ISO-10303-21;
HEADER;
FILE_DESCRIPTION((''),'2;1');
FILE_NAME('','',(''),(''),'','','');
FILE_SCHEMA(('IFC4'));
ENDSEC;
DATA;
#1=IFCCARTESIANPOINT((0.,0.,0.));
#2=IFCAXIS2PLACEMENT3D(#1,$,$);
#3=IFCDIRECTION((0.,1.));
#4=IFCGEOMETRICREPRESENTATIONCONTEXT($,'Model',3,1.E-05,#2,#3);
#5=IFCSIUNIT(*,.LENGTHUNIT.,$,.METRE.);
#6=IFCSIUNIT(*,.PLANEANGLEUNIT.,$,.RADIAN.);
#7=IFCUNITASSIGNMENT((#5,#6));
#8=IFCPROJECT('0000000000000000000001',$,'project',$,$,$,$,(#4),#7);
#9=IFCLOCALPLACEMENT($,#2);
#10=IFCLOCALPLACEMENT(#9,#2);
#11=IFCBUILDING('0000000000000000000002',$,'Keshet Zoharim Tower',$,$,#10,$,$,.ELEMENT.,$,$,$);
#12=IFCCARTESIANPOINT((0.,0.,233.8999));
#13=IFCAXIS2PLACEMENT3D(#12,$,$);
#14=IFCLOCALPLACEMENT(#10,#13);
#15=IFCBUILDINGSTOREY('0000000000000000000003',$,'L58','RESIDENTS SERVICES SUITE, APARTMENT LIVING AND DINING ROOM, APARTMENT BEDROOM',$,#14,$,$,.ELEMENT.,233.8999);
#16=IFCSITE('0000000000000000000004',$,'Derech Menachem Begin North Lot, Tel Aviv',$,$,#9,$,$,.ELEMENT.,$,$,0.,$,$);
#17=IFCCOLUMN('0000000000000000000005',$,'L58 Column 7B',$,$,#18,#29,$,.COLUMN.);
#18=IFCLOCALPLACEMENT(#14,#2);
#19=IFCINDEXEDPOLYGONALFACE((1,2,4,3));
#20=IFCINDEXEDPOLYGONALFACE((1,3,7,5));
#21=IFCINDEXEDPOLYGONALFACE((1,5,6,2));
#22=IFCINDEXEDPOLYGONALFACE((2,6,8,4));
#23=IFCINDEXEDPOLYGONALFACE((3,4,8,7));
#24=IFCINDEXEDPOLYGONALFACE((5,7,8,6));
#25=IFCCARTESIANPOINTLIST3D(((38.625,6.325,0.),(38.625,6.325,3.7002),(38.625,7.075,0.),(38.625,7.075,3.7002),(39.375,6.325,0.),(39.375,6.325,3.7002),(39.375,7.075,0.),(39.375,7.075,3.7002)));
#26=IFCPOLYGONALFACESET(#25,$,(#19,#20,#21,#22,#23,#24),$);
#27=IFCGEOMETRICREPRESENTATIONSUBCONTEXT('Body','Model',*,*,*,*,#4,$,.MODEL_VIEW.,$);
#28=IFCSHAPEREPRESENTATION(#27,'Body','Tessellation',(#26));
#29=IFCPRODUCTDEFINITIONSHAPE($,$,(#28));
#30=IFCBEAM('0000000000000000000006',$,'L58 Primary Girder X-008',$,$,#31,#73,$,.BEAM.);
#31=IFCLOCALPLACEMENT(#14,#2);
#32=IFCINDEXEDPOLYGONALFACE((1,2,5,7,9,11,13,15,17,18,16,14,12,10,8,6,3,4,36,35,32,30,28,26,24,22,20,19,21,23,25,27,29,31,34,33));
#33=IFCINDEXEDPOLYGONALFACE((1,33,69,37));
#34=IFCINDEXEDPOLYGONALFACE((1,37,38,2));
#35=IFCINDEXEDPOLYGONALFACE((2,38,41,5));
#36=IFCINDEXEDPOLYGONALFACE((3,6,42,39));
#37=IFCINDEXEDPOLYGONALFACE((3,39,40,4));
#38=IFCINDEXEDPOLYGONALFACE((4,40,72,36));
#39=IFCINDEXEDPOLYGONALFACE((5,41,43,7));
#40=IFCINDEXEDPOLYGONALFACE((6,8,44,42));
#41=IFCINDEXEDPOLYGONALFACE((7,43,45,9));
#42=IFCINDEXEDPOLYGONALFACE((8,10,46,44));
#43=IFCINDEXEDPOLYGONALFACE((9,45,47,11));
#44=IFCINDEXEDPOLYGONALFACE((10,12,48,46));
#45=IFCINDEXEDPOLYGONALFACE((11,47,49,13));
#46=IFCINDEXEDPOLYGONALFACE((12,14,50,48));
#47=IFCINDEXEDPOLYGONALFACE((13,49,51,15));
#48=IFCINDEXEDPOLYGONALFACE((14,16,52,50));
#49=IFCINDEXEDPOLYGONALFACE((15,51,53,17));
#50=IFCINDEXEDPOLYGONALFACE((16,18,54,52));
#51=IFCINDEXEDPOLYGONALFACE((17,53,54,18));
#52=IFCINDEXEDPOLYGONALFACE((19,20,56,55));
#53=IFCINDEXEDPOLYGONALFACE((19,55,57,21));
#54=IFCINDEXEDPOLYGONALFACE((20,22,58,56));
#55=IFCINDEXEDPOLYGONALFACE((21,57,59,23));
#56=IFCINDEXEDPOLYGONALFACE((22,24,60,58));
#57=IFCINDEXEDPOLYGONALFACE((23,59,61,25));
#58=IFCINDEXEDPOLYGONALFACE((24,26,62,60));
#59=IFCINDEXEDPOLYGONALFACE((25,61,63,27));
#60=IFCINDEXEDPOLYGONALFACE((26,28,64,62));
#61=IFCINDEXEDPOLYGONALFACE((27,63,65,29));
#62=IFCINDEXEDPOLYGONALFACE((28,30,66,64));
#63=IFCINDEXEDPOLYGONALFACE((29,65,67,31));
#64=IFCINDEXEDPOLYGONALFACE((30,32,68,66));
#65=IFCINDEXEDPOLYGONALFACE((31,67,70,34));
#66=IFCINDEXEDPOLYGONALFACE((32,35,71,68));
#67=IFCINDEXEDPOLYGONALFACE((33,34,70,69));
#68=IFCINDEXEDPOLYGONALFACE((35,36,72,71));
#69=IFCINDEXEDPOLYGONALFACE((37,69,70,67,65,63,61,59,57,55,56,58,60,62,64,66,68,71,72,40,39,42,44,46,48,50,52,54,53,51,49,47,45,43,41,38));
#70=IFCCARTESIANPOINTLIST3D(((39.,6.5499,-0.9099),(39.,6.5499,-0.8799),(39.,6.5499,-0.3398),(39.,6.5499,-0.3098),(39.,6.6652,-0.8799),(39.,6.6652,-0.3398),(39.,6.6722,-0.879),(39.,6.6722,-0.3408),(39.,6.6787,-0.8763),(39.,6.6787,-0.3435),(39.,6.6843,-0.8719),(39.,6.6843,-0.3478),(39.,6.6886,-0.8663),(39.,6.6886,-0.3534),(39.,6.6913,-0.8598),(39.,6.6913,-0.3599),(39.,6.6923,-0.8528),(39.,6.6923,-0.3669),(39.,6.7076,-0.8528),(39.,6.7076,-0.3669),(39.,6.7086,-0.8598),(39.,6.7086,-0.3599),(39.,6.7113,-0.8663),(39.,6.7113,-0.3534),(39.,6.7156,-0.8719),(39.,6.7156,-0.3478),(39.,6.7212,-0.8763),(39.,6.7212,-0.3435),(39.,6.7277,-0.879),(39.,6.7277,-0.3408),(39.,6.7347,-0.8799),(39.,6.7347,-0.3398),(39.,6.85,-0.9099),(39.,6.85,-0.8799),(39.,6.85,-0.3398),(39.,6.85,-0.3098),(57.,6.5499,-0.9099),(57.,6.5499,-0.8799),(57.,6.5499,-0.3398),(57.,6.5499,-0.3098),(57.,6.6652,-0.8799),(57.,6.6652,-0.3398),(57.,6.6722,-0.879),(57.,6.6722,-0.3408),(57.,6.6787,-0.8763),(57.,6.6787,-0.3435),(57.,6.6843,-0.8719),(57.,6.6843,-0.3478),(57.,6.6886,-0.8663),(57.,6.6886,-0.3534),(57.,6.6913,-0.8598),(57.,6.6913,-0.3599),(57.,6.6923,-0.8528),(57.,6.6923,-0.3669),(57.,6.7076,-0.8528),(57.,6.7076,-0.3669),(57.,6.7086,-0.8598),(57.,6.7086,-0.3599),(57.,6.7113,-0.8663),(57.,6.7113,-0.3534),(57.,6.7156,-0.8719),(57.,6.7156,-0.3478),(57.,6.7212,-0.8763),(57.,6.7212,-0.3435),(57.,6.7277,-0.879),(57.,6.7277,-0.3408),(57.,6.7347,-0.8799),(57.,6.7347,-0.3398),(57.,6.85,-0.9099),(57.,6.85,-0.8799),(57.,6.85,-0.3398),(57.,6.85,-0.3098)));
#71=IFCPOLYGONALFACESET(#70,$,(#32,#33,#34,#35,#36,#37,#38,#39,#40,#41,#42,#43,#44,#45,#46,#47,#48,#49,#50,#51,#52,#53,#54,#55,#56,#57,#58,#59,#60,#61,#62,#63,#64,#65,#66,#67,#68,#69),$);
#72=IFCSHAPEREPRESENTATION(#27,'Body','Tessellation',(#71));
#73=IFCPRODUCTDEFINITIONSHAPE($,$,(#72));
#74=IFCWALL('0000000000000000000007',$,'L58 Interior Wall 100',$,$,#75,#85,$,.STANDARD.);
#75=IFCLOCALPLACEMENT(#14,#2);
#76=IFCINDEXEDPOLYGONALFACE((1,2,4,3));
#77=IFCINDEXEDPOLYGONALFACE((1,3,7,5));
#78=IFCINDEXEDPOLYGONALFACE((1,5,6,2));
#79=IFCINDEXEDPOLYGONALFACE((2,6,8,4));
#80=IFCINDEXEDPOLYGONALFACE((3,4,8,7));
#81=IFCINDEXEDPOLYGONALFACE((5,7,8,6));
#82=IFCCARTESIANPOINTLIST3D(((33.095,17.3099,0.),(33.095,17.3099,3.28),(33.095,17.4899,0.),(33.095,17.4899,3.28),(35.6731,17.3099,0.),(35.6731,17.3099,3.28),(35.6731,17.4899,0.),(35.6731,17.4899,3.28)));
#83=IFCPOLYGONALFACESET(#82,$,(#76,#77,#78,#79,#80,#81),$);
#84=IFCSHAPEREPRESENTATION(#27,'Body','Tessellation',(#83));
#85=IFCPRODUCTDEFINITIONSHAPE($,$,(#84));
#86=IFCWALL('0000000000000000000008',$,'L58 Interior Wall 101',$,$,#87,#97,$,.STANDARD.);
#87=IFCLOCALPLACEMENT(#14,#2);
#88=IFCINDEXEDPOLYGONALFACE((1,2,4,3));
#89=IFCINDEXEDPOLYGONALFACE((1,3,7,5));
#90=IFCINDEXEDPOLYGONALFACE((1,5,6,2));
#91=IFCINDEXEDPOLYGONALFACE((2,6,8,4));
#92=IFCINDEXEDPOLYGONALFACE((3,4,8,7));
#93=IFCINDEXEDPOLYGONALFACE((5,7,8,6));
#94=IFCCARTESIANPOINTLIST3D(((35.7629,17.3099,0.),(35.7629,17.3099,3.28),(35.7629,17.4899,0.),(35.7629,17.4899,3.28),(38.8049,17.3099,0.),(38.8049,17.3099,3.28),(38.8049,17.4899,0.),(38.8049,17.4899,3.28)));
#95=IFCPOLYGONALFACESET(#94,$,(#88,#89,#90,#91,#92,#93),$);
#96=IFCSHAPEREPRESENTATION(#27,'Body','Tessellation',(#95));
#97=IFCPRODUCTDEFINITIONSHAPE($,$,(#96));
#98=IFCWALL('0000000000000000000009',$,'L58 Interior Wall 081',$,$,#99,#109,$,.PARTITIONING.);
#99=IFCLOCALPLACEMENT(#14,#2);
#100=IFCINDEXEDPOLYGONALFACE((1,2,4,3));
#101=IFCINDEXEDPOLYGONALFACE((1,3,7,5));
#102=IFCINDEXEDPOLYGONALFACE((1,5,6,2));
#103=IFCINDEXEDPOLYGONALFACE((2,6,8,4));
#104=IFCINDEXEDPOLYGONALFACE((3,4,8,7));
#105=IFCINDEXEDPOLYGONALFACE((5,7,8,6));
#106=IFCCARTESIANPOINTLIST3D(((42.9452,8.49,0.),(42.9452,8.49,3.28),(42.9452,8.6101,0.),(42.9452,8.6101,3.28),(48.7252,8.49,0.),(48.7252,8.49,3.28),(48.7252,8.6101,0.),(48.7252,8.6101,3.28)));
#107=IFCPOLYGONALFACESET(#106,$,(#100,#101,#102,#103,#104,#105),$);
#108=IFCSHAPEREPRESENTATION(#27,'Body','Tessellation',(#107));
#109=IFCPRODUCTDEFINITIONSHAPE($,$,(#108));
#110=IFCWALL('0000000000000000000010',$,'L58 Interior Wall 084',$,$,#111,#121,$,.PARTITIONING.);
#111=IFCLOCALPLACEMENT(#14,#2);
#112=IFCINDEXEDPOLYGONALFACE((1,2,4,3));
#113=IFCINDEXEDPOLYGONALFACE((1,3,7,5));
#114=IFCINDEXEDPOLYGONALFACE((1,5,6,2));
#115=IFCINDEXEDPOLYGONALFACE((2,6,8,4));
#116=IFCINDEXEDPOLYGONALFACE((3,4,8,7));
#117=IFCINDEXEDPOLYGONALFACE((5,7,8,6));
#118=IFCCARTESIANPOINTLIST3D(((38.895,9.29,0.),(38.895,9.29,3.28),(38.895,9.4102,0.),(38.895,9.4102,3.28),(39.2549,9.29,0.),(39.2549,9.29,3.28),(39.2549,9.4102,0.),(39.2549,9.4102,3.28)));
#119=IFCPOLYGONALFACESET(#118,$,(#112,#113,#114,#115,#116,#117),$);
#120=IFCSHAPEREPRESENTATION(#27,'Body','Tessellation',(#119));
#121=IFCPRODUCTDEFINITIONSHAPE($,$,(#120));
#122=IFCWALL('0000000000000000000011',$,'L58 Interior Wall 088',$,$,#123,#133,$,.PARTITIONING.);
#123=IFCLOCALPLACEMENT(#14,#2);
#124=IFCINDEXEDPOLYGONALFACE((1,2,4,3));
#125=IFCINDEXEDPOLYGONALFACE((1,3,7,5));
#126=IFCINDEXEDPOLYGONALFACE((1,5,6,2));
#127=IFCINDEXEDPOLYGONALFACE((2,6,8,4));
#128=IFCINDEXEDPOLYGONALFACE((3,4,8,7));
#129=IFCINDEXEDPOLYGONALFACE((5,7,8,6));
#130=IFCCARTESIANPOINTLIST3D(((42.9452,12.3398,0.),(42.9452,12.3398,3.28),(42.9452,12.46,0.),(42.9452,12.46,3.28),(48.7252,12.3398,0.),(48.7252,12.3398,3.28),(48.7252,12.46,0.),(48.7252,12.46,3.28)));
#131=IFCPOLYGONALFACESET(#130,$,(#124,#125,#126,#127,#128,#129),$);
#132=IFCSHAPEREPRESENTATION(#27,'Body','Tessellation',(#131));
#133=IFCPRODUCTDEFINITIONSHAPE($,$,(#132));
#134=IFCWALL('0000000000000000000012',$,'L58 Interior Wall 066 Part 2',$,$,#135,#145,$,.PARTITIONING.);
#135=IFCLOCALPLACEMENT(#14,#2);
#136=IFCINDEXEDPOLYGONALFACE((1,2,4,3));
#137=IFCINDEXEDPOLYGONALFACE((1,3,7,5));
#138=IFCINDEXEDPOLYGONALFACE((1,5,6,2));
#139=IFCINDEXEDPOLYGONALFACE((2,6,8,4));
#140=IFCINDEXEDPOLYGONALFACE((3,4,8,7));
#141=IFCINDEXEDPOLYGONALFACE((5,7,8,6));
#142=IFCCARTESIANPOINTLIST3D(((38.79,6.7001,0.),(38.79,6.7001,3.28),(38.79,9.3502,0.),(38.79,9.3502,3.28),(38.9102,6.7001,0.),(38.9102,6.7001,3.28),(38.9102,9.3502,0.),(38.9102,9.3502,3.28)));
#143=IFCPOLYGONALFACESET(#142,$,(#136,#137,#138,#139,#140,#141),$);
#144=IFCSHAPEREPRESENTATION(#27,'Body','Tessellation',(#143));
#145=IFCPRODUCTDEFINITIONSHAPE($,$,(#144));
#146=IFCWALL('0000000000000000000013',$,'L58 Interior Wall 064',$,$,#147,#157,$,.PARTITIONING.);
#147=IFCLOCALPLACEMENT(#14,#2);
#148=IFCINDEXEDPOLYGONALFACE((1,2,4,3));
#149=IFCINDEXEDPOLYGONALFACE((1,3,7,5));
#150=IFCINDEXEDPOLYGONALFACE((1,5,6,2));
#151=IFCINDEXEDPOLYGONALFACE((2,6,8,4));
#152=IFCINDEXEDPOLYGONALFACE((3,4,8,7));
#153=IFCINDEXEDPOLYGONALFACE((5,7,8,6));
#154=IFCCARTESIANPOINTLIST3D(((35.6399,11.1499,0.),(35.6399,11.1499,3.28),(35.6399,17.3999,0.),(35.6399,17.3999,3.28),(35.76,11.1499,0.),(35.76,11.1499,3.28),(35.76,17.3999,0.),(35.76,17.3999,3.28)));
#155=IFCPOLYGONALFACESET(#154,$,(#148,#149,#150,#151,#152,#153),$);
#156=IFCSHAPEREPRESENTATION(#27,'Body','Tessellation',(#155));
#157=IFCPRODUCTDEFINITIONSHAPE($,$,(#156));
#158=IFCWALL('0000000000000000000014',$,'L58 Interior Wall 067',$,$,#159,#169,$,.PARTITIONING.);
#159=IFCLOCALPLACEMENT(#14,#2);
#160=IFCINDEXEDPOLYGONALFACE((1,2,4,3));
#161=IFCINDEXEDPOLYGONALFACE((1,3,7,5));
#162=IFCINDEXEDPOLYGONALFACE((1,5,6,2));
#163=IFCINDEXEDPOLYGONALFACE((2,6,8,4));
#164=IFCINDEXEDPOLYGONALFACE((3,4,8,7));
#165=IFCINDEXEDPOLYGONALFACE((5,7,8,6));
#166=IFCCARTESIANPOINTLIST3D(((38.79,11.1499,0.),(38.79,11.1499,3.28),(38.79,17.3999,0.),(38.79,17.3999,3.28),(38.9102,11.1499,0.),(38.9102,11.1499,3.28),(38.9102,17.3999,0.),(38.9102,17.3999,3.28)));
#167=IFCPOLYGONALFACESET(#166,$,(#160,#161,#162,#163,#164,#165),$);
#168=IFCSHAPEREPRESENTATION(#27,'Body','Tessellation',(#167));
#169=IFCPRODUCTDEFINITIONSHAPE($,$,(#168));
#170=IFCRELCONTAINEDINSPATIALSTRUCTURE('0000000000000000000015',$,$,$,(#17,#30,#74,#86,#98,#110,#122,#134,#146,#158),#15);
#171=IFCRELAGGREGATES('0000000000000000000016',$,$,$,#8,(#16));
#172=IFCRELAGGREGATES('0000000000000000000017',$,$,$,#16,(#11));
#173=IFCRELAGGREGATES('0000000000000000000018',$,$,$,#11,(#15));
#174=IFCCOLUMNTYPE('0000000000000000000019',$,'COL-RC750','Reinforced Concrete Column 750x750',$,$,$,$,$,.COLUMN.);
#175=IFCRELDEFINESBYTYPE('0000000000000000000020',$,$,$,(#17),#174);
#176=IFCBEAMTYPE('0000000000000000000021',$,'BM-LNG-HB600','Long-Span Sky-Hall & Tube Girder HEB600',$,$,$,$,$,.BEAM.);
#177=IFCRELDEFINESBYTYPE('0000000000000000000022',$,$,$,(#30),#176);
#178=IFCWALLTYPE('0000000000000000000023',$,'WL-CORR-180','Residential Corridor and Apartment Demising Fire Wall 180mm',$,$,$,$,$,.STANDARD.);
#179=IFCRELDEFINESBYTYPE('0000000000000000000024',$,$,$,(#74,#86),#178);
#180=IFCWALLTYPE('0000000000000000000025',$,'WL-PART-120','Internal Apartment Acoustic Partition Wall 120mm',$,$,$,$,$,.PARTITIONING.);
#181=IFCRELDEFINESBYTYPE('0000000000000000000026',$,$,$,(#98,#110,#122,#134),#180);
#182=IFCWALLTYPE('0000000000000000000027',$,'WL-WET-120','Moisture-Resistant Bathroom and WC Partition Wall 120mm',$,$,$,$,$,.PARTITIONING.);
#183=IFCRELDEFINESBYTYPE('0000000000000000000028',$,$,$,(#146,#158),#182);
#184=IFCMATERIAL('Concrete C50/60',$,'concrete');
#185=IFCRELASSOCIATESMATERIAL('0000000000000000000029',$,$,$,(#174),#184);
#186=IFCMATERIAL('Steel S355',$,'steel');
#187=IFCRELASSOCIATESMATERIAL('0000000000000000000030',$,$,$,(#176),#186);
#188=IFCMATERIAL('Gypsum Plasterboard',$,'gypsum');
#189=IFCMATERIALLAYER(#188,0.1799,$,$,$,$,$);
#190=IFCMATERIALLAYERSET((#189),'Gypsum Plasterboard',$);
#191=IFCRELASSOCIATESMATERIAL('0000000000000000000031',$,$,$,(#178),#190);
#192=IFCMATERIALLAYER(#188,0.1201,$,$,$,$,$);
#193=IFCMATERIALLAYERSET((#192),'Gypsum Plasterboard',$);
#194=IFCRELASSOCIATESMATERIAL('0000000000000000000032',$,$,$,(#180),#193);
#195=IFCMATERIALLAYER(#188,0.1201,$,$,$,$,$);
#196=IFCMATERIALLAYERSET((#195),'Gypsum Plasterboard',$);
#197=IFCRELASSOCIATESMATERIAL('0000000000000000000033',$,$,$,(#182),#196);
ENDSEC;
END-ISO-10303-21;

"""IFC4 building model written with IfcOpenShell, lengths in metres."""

from ifc_helpers import new_model, si_unit, direction, frame, frame_2d, origin, origin_2d, place, context, subcontext, project, spatial, rectangle, i_section, extrude, material, layer, layer_set, material_profile, profile_set, type_object, element, save


model = new_model("IFC4")

# Units and contexts
model_context = context("Model", 3, precision=1e-05, world=origin(), true_north=direction((0.0, 1.0)))
body_context = subcontext(model_context, "Body", "Model", "MODEL_VIEW")
ifc_project = project(units=[si_unit("LENGTHUNIT", "METRE"), si_unit("PLANEANGLEUNIT", "RADIAN")], contexts=[model_context])

# Site, building, storey
site_placement = place(None, origin())
site = spatial("IfcSite", under=ifc_project, at=site_placement, Name="Derech Menachem Begin North Lot, Tel Aviv", CompositionType="ELEMENT", RefElevation=0.0)
building_placement = place(site_placement, origin())
building = spatial("IfcBuilding", under=site, at=building_placement, Name="Keshet Zoharim Tower", CompositionType="ELEMENT")
storey_placement = place(building_placement, frame((0.0, 0.0, 233.8999)))
storey = spatial("IfcBuildingStorey", under=building, at=storey_placement, Name="L58", Description="RESIDENTS SERVICES SUITE, APARTMENT LIVING AND DINING ROOM, APARTMENT BEDROOM", CompositionType="ELEMENT", Elevation=233.8999)

# Column
ifc_material_1 = material(Name="Concrete C50/60", Category="concrete")
ifc_material_profile_1 = material_profile(ifc_material_1, rectangle(XDim=0.75, YDim=0.75, at=origin_2d()), Name="RC750x750")
ifc_profile_set_1 = profile_set([ifc_material_profile_1], Name="Concrete C50/60")
column_type = type_object("IfcColumnType", Name="COL-RC750", Description="Reinforced Concrete Column 750x750", PredefinedType="COLUMN", material=ifc_profile_set_1)
column_placement = place(storey_placement, frame((39.0, 6.7, 0.0), z_axis=(0.0, 0.0, 1.0), x_axis=(1.0, 0.0, 0.0)))
element("IfcColumn", 1, at=column_placement, inside=storey, type_object=column_type, Name="L58 Column 7B", PredefinedType="COLUMN", context=body_context, shape_type="SweptSolid", body=[
    extrude(rectangle(XDim=0.75, YDim=0.75, at=origin_2d()), origin(), (0.0, 0.0, 1.0), 3.7002),
])

# Beam
ifc_material_2 = material(Name="Steel S355", Category="steel")
ifc_material_profile_2 = material_profile(ifc_material_2, i_section(OverallWidth=0.3, OverallDepth=0.6001, WebThickness=0.0154, FlangeThickness=0.03, FilletRadius=0.0271, at=origin_2d()), Name="HEB600")
ifc_profile_set_2 = profile_set([ifc_material_profile_2], Name="Steel S355")
beam_type = type_object("IfcBeamType", Name="BM-LNG-HB600", Description="Long-Span Sky-Hall & Tube Girder HEB600", PredefinedType="BEAM", material=ifc_profile_set_2)
beam_placement = place(storey_placement, frame((39.0, 6.7, -0.6099), z_axis=(1.0, 0.0, 0.0), x_axis=(0.0, 1.0, 0.0)))
element("IfcBeam", 2, at=beam_placement, inside=storey, type_object=beam_type, Name="L58 Primary Girder X-008", PredefinedType="BEAM", context=body_context, shape_type="SweptSolid", body=[
    extrude(i_section(OverallWidth=0.3, OverallDepth=0.6001, WebThickness=0.0154, FlangeThickness=0.03, FilletRadius=0.0271, at=origin_2d()), origin(), (0.0, 0.0, 1.0), 18.0),
])

# Walls
ifc_material_3 = material(Name="Gypsum Plasterboard", Category="gypsum")
ifc_layer_1 = layer(ifc_material_3, 0.1799)
ifc_layer_set_1 = layer_set([ifc_layer_1], Name="Gypsum Plasterboard")
wall_type_1 = type_object("IfcWallType", Name="WL-CORR-180", Description="Residential Corridor and Apartment Demising Fire Wall 180mm", PredefinedType="STANDARD", material=ifc_layer_set_1)
wall_1_placement = place(storey_placement, frame((33.095, 17.3999, 0.0), z_axis=(0.0, 0.0, 1.0), x_axis=(1.0, 0.0, 0.0)))
element("IfcWall", 3, at=wall_1_placement, inside=storey, type_object=wall_type_1, Name="L58 Interior Wall 100", PredefinedType="STANDARD", context=body_context, shape_type="SweptSolid", body=[
    extrude(rectangle(XDim=2.5781, YDim=0.1799, at=frame_2d((1.2891, 0.0))), origin(), (0.0, 0.0, 1.0), 3.28),
])
wall_2_placement = place(storey_placement, frame((35.7629, 17.3999, 0.0), z_axis=(0.0, 0.0, 1.0), x_axis=(1.0, 0.0, 0.0)))
element("IfcWall", 4, at=wall_2_placement, inside=storey, type_object=wall_type_1, Name="L58 Interior Wall 101", PredefinedType="STANDARD", context=body_context, shape_type="SweptSolid", body=[
    extrude(rectangle(XDim=3.042, YDim=0.1799, at=frame_2d((1.521, 0.0))), origin(), (0.0, 0.0, 1.0), 3.28),
])

# Shared definitions
ifc_layer_2 = layer(ifc_material_3, 0.1201)
ifc_layer_set_2 = layer_set([ifc_layer_2], Name="Gypsum Plasterboard")
wall_type_2 = type_object("IfcWallType", Name="WL-PART-120", Description="Internal Apartment Acoustic Partition Wall 120mm", PredefinedType="PARTITIONING", material=ifc_layer_set_2)

# Walls
wall_3_placement = place(storey_placement, frame((42.9451, 8.55, 0.0), z_axis=(0.0, 0.0, 1.0), x_axis=(1.0, 0.0, 0.0)))
element("IfcWall", 5, at=wall_3_placement, inside=storey, type_object=wall_type_2, Name="L58 Interior Wall 081", PredefinedType="PARTITIONING", context=body_context, shape_type="SweptSolid", body=[
    extrude(rectangle(XDim=5.78, YDim=0.1201, at=frame_2d((2.8901, 0.0))), origin(), (0.0, 0.0, 1.0), 3.28),
])
wall_4_placement = place(storey_placement, frame((38.895, 9.3501, 0.0), z_axis=(0.0, 0.0, 1.0), x_axis=(1.0, 0.0, 0.0)))
element("IfcWall", 6, at=wall_4_placement, inside=storey, type_object=wall_type_2, Name="L58 Interior Wall 084", PredefinedType="PARTITIONING", context=body_context, shape_type="SweptSolid", body=[
    extrude(rectangle(XDim=0.3599, YDim=0.1201, at=frame_2d((0.1799, 0.0))), origin(), (0.0, 0.0, 1.0), 3.28),
])
wall_5_placement = place(storey_placement, frame((42.9451, 12.3999, 0.0), z_axis=(0.0, 0.0, 1.0), x_axis=(1.0, 0.0, 0.0)))
element("IfcWall", 7, at=wall_5_placement, inside=storey, type_object=wall_type_2, Name="L58 Interior Wall 088", PredefinedType="PARTITIONING", context=body_context, shape_type="SweptSolid", body=[
    extrude(rectangle(XDim=5.78, YDim=0.1201, at=frame_2d((2.8901, 0.0))), origin(), (0.0, 0.0, 1.0), 3.28),
])
wall_6_placement = place(storey_placement, frame((38.8501, 6.7, 0.0), z_axis=(0.0, 0.0, 1.0), x_axis=(0.0, 1.0, 0.0)))
element("IfcWall", 8, at=wall_6_placement, inside=storey, type_object=wall_type_2, Name="L58 Interior Wall 066 Part 2", PredefinedType="PARTITIONING", context=body_context, shape_type="SweptSolid", body=[
    extrude(rectangle(XDim=2.6501, YDim=0.1201, at=frame_2d((1.3252, 0.0))), origin(), (0.0, 0.0, 1.0), 3.28),
])
ifc_layer_3 = layer(ifc_material_3, 0.1201)
ifc_layer_set_3 = layer_set([ifc_layer_3], Name="Gypsum Plasterboard")
wall_type_3 = type_object("IfcWallType", Name="WL-WET-120", Description="Moisture-Resistant Bathroom and WC Partition Wall 120mm", PredefinedType="PARTITIONING", material=ifc_layer_set_3)
for number, where, z_axis, x_axis, name in (
    (9, (35.7, 11.1499, 0.0), (0.0, 0.0, 1.0), (0.0, 1.0, 0.0), "L58 Interior Wall 064"),
    (10, (38.8501, 11.1499, 0.0), (0.0, 0.0, 1.0), (0.0, 1.0, 0.0), "L58 Interior Wall 067"),
):
    element("IfcWall", number, at=place(storey_placement, frame(where, z_axis=z_axis, x_axis=x_axis)), inside=storey, type_object=wall_type_3, Name=name, PredefinedType="PARTITIONING", context=body_context, shape_type="SweptSolid", body=[
        extrude(rectangle(XDim=6.25, YDim=0.1201, at=frame_2d((3.125, 0.0))), origin(), (0.0, 0.0, 1.0), 3.28),
    ])

save(model, "model.ifc")
